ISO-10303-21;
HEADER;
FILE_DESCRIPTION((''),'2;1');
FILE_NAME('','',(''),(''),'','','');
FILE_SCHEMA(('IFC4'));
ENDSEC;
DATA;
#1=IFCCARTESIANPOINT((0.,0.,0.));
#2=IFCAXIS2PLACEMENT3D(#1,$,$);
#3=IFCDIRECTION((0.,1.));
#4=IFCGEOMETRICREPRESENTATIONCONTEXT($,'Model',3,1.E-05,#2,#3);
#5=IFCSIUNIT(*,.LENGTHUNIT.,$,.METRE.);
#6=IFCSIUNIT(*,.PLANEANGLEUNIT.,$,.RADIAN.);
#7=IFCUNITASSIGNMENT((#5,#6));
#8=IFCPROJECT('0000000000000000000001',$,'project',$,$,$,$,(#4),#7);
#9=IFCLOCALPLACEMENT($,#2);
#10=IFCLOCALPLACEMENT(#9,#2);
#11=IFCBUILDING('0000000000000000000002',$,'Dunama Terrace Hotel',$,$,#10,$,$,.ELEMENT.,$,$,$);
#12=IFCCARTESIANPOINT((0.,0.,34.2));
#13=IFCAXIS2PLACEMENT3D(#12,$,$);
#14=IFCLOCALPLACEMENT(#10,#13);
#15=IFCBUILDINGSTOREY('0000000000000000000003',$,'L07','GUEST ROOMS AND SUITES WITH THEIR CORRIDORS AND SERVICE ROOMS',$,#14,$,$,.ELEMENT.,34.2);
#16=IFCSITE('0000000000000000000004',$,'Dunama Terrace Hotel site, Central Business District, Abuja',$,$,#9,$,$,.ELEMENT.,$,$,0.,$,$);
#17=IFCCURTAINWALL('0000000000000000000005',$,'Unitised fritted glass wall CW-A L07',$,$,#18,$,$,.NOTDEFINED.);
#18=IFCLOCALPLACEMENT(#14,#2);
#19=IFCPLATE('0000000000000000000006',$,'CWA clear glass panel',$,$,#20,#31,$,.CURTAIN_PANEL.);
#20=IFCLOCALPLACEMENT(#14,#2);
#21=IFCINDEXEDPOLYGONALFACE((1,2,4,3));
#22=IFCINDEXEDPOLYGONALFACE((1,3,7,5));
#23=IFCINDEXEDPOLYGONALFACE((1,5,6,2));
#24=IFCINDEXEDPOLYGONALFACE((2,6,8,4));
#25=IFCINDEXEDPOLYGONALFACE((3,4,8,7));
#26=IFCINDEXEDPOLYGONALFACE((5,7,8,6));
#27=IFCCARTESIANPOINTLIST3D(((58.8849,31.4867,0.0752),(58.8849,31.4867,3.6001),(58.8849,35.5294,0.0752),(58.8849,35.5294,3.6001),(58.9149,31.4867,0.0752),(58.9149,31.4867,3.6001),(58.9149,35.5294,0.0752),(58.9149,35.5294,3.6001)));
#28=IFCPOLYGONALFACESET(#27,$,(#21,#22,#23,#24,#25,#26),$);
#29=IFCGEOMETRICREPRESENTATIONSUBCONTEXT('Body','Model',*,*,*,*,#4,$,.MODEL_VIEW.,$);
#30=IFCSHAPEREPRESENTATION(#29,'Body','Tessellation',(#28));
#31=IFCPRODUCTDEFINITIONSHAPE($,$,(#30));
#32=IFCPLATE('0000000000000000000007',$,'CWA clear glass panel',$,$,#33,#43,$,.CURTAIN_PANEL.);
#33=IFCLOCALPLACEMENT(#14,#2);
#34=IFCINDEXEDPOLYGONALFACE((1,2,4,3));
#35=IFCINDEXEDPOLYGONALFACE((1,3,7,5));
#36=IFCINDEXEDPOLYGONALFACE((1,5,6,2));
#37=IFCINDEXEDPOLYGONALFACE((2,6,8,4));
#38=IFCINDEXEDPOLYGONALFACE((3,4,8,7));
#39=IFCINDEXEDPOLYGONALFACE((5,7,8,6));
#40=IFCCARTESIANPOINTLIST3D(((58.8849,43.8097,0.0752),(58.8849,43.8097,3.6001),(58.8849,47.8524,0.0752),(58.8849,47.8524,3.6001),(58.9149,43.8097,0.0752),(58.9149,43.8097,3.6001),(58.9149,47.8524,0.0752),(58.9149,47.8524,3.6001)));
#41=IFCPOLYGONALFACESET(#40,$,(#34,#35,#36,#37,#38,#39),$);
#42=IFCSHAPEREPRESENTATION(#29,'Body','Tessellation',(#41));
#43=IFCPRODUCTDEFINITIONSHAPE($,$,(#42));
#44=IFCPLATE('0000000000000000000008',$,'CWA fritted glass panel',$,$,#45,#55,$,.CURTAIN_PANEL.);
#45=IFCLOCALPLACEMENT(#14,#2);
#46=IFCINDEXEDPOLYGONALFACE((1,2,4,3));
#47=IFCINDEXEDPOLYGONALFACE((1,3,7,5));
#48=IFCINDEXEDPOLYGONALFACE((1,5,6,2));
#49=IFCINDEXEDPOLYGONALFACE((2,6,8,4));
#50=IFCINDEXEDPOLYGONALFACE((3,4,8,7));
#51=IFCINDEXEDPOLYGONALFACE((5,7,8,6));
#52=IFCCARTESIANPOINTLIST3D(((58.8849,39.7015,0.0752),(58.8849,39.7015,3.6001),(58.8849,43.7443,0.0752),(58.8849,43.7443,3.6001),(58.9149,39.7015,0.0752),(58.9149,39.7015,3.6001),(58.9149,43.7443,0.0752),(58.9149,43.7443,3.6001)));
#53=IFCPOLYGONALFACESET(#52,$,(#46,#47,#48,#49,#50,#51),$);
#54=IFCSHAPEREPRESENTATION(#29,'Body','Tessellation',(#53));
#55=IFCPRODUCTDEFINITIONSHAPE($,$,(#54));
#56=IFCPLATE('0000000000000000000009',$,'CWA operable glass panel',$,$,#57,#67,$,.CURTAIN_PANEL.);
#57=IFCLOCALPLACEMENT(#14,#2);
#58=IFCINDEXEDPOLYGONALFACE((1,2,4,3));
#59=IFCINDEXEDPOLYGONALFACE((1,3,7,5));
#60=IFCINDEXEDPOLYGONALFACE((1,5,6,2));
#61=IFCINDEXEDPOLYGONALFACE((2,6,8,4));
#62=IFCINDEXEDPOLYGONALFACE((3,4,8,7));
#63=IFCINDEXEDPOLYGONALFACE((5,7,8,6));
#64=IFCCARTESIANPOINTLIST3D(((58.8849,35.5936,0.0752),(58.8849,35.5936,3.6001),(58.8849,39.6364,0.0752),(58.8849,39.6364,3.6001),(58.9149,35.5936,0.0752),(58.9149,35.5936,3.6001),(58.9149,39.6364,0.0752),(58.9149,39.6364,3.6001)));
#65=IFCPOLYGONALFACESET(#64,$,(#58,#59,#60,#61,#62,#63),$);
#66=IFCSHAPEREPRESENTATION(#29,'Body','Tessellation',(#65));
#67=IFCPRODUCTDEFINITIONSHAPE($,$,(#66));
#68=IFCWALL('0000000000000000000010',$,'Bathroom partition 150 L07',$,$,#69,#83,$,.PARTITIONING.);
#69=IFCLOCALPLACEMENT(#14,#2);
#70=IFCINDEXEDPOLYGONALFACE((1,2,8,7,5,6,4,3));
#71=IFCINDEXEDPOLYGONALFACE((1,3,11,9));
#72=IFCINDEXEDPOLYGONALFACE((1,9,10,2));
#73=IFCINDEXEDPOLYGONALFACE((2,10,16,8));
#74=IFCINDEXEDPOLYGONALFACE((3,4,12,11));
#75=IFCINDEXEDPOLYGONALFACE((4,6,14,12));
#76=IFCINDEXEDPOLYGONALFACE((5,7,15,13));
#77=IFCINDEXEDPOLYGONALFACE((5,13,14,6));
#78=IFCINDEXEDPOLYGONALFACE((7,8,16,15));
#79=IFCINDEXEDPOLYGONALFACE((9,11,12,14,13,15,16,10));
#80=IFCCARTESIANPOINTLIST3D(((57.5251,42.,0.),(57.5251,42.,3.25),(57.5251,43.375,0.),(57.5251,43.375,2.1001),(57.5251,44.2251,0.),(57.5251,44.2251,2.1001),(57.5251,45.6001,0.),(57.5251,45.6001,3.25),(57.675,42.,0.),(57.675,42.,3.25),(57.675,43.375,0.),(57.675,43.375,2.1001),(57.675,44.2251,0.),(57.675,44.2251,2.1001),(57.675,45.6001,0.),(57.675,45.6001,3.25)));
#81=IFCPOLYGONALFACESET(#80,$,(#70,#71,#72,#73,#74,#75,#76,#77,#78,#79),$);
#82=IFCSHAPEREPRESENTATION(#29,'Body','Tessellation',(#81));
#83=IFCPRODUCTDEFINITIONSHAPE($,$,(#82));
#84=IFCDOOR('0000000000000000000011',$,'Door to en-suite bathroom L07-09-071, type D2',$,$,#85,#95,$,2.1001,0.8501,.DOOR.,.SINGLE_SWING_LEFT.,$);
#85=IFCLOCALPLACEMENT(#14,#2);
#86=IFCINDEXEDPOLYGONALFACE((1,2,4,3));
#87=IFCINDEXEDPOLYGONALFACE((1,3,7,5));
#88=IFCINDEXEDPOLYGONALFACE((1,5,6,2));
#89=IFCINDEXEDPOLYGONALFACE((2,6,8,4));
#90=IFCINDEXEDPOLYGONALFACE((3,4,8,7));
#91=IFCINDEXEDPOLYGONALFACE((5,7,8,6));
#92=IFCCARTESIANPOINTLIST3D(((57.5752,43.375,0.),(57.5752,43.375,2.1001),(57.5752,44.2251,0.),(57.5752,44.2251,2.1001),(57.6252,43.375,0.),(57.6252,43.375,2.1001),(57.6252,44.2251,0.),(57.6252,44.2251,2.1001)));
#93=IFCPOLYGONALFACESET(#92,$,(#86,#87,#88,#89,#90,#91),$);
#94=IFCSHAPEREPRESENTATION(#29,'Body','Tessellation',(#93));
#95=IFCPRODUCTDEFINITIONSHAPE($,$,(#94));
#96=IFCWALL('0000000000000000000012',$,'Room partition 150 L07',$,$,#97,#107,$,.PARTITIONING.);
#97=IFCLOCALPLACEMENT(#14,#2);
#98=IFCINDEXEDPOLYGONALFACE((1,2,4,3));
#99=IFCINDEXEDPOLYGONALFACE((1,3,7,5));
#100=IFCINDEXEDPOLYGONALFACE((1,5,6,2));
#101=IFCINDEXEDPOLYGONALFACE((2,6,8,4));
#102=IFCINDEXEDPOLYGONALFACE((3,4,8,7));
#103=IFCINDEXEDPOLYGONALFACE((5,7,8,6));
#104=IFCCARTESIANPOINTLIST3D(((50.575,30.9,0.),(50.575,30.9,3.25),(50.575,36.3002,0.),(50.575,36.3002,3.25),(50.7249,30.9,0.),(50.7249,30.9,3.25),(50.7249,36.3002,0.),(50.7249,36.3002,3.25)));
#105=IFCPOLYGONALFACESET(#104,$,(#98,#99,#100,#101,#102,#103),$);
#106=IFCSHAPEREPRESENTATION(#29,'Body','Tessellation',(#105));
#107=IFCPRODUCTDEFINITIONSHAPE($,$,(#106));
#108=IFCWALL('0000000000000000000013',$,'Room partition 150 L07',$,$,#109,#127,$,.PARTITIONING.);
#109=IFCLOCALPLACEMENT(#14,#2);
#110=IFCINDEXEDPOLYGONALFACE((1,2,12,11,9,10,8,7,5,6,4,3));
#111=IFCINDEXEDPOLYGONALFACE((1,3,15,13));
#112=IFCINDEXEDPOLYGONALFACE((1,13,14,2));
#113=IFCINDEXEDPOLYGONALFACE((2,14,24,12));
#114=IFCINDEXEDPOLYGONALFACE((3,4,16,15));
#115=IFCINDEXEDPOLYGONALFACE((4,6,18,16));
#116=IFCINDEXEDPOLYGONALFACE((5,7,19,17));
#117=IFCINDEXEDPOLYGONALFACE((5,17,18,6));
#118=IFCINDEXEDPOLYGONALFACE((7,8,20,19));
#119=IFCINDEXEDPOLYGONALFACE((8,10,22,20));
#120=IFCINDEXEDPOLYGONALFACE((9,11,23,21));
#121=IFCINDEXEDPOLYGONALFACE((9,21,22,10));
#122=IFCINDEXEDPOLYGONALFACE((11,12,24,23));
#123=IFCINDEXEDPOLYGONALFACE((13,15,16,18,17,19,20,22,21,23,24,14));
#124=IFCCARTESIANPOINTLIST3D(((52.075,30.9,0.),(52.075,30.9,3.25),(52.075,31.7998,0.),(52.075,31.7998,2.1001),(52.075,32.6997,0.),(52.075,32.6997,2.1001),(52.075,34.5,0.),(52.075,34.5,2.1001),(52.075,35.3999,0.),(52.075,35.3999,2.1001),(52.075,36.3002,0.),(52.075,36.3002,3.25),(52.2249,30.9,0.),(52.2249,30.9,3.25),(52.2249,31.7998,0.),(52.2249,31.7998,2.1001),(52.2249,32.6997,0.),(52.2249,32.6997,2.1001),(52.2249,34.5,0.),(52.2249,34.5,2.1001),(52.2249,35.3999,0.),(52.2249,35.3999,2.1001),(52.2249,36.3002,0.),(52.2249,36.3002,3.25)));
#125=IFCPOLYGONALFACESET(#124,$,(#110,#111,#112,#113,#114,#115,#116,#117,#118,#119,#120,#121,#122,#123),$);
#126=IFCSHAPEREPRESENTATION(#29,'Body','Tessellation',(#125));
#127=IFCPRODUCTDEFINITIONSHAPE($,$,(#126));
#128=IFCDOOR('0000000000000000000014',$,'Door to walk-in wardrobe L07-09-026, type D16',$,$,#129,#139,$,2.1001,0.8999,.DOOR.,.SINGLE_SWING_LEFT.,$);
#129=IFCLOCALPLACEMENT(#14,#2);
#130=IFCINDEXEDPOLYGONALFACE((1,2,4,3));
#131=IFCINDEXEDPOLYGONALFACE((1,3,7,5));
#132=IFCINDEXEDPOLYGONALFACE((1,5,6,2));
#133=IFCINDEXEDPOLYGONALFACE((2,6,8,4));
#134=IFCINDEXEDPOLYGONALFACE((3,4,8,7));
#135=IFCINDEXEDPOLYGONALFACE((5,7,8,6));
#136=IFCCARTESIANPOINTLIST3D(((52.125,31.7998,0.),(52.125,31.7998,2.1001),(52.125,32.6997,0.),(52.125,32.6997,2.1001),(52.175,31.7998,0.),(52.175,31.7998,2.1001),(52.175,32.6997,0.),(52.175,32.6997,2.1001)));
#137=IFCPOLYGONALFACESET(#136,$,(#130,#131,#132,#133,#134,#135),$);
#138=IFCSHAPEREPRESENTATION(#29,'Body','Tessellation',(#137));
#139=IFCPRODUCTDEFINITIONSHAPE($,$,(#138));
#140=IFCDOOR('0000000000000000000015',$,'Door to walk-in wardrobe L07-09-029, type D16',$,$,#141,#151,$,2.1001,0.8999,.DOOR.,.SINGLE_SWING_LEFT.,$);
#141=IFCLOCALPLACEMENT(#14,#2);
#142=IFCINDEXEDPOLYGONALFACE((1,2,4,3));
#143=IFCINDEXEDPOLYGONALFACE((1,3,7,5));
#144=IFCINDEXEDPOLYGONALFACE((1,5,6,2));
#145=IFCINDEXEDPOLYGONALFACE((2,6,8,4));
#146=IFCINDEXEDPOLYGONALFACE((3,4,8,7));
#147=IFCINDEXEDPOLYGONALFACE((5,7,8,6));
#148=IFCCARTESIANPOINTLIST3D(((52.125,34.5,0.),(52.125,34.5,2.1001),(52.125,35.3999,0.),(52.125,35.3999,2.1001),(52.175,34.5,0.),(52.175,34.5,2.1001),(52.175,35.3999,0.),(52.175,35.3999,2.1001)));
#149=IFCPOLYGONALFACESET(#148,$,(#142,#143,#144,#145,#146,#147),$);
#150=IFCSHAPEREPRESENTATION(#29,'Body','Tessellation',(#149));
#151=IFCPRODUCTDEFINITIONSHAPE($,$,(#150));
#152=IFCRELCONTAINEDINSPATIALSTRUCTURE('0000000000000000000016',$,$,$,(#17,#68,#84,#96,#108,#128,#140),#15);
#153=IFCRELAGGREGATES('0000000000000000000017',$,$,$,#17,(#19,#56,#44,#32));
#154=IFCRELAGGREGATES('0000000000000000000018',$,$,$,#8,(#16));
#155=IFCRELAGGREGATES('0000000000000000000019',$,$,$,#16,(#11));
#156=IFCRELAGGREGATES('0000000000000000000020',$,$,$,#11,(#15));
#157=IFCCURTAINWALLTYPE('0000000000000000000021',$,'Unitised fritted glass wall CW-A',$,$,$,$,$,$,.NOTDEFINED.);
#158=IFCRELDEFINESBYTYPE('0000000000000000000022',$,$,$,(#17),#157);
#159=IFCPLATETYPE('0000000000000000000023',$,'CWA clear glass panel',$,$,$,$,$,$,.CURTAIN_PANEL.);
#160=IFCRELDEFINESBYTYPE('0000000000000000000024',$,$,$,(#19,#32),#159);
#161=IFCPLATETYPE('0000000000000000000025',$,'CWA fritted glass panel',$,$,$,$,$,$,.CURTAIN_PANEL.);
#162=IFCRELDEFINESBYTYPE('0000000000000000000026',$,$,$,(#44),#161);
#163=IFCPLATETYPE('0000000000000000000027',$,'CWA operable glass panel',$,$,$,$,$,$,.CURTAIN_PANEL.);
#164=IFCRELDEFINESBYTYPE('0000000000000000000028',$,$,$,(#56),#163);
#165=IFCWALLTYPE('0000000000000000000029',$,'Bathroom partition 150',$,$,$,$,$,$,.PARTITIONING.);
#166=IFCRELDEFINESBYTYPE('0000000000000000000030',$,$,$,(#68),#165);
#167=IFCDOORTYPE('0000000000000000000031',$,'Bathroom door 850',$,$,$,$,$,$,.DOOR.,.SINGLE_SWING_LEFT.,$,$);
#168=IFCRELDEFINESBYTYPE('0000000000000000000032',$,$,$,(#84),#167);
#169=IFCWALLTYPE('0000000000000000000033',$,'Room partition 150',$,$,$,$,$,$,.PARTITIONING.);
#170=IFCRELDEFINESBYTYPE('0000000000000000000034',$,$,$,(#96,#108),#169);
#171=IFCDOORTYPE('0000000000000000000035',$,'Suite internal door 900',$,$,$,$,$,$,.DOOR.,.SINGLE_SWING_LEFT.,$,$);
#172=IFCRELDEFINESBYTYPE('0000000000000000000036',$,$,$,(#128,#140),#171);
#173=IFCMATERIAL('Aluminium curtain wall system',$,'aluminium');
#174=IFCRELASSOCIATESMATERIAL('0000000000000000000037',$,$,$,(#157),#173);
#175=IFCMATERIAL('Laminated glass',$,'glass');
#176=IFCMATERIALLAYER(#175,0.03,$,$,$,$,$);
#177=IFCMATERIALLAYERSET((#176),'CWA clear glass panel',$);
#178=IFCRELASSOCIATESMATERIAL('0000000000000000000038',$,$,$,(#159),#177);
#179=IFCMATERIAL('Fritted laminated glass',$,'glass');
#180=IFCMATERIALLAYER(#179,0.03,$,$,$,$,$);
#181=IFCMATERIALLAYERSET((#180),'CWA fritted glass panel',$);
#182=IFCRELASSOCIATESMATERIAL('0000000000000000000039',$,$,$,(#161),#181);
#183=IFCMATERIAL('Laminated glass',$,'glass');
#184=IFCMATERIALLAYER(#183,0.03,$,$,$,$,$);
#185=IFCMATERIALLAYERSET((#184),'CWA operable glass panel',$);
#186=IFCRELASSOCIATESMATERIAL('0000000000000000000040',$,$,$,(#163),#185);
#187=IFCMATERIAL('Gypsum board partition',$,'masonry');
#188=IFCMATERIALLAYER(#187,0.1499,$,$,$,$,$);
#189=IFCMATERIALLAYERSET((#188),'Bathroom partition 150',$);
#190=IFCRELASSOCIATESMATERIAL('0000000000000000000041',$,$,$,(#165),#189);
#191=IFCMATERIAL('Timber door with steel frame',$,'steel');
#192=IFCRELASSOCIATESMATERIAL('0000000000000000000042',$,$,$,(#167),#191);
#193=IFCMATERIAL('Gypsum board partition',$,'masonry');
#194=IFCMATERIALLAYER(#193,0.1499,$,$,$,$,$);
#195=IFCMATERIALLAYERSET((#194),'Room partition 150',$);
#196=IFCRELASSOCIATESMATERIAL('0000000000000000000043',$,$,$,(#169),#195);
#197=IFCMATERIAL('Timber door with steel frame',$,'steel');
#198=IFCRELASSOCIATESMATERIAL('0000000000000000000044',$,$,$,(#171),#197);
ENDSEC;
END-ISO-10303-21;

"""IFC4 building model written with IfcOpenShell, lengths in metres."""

from ifc_helpers import new_model, si_unit, direction, frame, frame_2d, origin, origin_2d, place, context, subcontext, project, spatial, rectangle, extrude, material, layer, layer_set, type_object, element, fill, aggregate, save


model = new_model("IFC4")

# Units and contexts
model_context = context("Model", 3, precision=1e-05, world=origin(), true_north=direction((0.0, 1.0)))
body_context = subcontext(model_context, "Body", "Model", "MODEL_VIEW")
ifc_project = project(units=[si_unit("LENGTHUNIT", "METRE"), si_unit("PLANEANGLEUNIT", "RADIAN")], contexts=[model_context])

# Site, building, storey
site_placement = place(None, origin())
site = spatial("IfcSite", under=ifc_project, at=site_placement, Name="Dunama Terrace Hotel site, Central Business District, Abuja", CompositionType="ELEMENT", RefElevation=0.0)
building_placement = place(site_placement, origin())
building = spatial("IfcBuilding", under=site, at=building_placement, Name="Dunama Terrace Hotel", CompositionType="ELEMENT")
storey_placement = place(building_placement, frame((0.0, 0.0, 34.2)))
storey = spatial("IfcBuildingStorey", under=building, at=storey_placement, Name="L07", Description="GUEST ROOMS AND SUITES WITH THEIR CORRIDORS AND SERVICE ROOMS", CompositionType="ELEMENT", Elevation=34.2)

# Curtain wall
ifc_material_1 = material(Name="Aluminium curtain wall system", Category="aluminium")
curtain_wall_type = type_object("IfcCurtainWallType", Name="Unitised fritted glass wall CW-A", PredefinedType="NOTDEFINED", material=ifc_material_1)
curtain_wall_placement = place(storey_placement, origin())
curtain_wall = element("IfcCurtainWall", 1, at=curtain_wall_placement, inside=storey, type_object=curtain_wall_type, Name="Unitised fritted glass wall CW-A L07", PredefinedType="NOTDEFINED")

# Plates
ifc_material_2 = material(Name="Laminated glass", Category="glass")
ifc_layer_1 = layer(ifc_material_2, 0.03)
ifc_layer_set_1 = layer_set([ifc_layer_1], Name="CWA clear glass panel")
plate_type_1 = type_object("IfcPlateType", Name="CWA clear glass panel", PredefinedType="CURTAIN_PANEL", material=ifc_layer_set_1)
plate_1_placement = place(storey_placement, frame((58.8999, 33.5081, 0.0752), z_axis=(0.0, 0.0, 1.0), x_axis=(0.0, 1.0, 0.0)))
plate_1 = element("IfcPlate", 2, at=plate_1_placement, type_object=plate_type_1, Name="CWA clear glass panel", PredefinedType="CURTAIN_PANEL", context=body_context, shape_type="SweptSolid", body=[
    extrude(rectangle(XDim=4.0427, YDim=0.03, at=origin_2d()), origin(), (0.0, 0.0, 1.0), 3.5249),
])
plate_2_placement = place(storey_placement, frame((58.8999, 45.8311, 0.0752), z_axis=(0.0, 0.0, 1.0), x_axis=(0.0, 1.0, 0.0)))
plate_2 = element("IfcPlate", 3, at=plate_2_placement, type_object=plate_type_1, Name="CWA clear glass panel", PredefinedType="CURTAIN_PANEL", context=body_context, shape_type="SweptSolid", body=[
    extrude(rectangle(XDim=4.0427, YDim=0.03, at=origin_2d()), origin(), (0.0, 0.0, 1.0), 3.5249),
])
ifc_material_3 = material(Name="Fritted laminated glass", Category="glass")
ifc_layer_2 = layer(ifc_material_3, 0.03)
ifc_layer_set_2 = layer_set([ifc_layer_2], Name="CWA fritted glass panel")
plate_type_2 = type_object("IfcPlateType", Name="CWA fritted glass panel", PredefinedType="CURTAIN_PANEL", material=ifc_layer_set_2)
plate_3_placement = place(storey_placement, frame((58.8999, 41.7229, 0.0752), z_axis=(0.0, 0.0, 1.0), x_axis=(0.0, 1.0, 0.0)))
plate_3 = element("IfcPlate", 4, at=plate_3_placement, type_object=plate_type_2, Name="CWA fritted glass panel", PredefinedType="CURTAIN_PANEL", context=body_context, shape_type="SweptSolid", body=[
    extrude(rectangle(XDim=4.0427, YDim=0.03, at=origin_2d()), origin(), (0.0, 0.0, 1.0), 3.5249),
])
ifc_material_4 = material(Name="Laminated glass", Category="glass")
ifc_layer_3 = layer(ifc_material_4, 0.03)
ifc_layer_set_3 = layer_set([ifc_layer_3], Name="CWA operable glass panel")
plate_type_3 = type_object("IfcPlateType", Name="CWA operable glass panel", PredefinedType="CURTAIN_PANEL", material=ifc_layer_set_3)
plate_4_placement = place(storey_placement, frame((58.8999, 37.615, 0.0752), z_axis=(0.0, 0.0, 1.0), x_axis=(0.0, 1.0, 0.0)))
plate_4 = element("IfcPlate", 5, at=plate_4_placement, type_object=plate_type_3, Name="CWA operable glass panel", PredefinedType="CURTAIN_PANEL", context=body_context, shape_type="SweptSolid", body=[
    extrude(rectangle(XDim=4.0427, YDim=0.03, at=origin_2d()), origin(), (0.0, 0.0, 1.0), 3.5249),
])
aggregate(curtain_wall, [plate_1, plate_4, plate_3, plate_2])

# Wall, opening, door
ifc_material_5 = material(Name="Gypsum board partition", Category="masonry")
ifc_layer_4 = layer(ifc_material_5, 0.1499)
ifc_layer_set_4 = layer_set([ifc_layer_4], Name="Bathroom partition 150")
wall_type_1 = type_object("IfcWallType", Name="Bathroom partition 150", PredefinedType="PARTITIONING", material=ifc_layer_set_4)
wall_1_placement = place(storey_placement, frame((57.6001, 42.0, 0.0), z_axis=(0.0, 0.0, 1.0), x_axis=(0.0, 1.0, 0.0)))
wall_1 = element("IfcWall", 6, at=wall_1_placement, inside=storey, type_object=wall_type_1, Name="Bathroom partition 150 L07", PredefinedType="PARTITIONING", context=body_context, shape_type="SweptSolid", body=[
    extrude(rectangle(XDim=3.6001, YDim=0.1499, at=frame_2d((1.8, 0.0))), origin(), (0.0, 0.0, 1.0), 3.25),
])
opening_1_placement = place(wall_1_placement, frame((1.375, 0.0, 0.0)))
opening_1 = element("IfcOpeningElement", 7, at=opening_1_placement, cuts=wall_1, PredefinedType="OPENING", context=body_context, shape_type="SweptSolid", body=[
    extrude(rectangle(XDim=0.8501, YDim=2.1001, at=frame_2d((0.425, 1.05))), frame((0.0, 0.085, 0.0), z_axis=(0.0, -1.0, 0.0), x_axis=(1.0, 0.0, 0.0)), (0.0, 0.0, 1.0), 0.1699),
])
ifc_material_6 = material(Name="Timber door with steel frame", Category="steel")
door_type_1 = type_object("IfcDoorType", Name="Bathroom door 850", OperationType="SINGLE_SWING_LEFT", PredefinedType="DOOR", material=ifc_material_6)
door_1_placement = place(opening_1_placement, origin())
door_1 = element("IfcDoor", 8, at=door_1_placement, inside=storey, type_object=door_type_1, Name="Door to en-suite bathroom L07-09-071, type D2", OperationType="SINGLE_SWING_LEFT", OverallHeight=2.1001, OverallWidth=0.8501, PredefinedType="DOOR", context=body_context, shape_type="SweptSolid", body=[
    extrude(rectangle(XDim=0.8501, YDim=2.1001, at=frame_2d((0.425, 1.05))), frame((0.0, 0.0249, 0.0), z_axis=(0.0, -1.0, 0.0), x_axis=(1.0, 0.0, 0.0)), (0.0, 0.0, 1.0), 0.05),
])
fill(opening_1, door_1)

# Wall
ifc_material_7 = material(Name="Gypsum board partition", Category="masonry")
ifc_layer_5 = layer(ifc_material_7, 0.1499)
ifc_layer_set_5 = layer_set([ifc_layer_5], Name="Room partition 150")
wall_type_2 = type_object("IfcWallType", Name="Room partition 150", PredefinedType="PARTITIONING", material=ifc_layer_set_5)
wall_2_placement = place(storey_placement, frame((50.6499, 30.8999, 0.0), z_axis=(0.0, 0.0, 1.0), x_axis=(0.0, 1.0, 0.0)))
element("IfcWall", 9, at=wall_2_placement, inside=storey, type_object=wall_type_2, Name="Room partition 150 L07", PredefinedType="PARTITIONING", context=body_context, shape_type="SweptSolid", body=[
    extrude(rectangle(XDim=5.4001, YDim=0.1499, at=frame_2d((2.7002, 0.0))), origin(), (0.0, 0.0, 1.0), 3.25),
])

# Wall, openings, doors
wall_3_placement = place(storey_placement, frame((52.1499, 30.8999, 0.0), z_axis=(0.0, 0.0, 1.0), x_axis=(0.0, 1.0, 0.0)))
wall_3 = element("IfcWall", 10, at=wall_3_placement, inside=storey, type_object=wall_type_2, Name="Room partition 150 L07", PredefinedType="PARTITIONING", context=body_context, shape_type="SweptSolid", body=[
    extrude(rectangle(XDim=5.4001, YDim=0.1499, at=frame_2d((2.7002, 0.0))), origin(), (0.0, 0.0, 1.0), 3.25),
])
opening_2_placement = place(wall_3_placement, frame((0.8999, 0.0, 0.0)))
opening_2 = element("IfcOpeningElement", 11, at=opening_2_placement, cuts=wall_3, PredefinedType="OPENING", context=body_context, shape_type="SweptSolid", body=[
    extrude(rectangle(XDim=0.8999, YDim=2.1001, at=frame_2d((0.45, 1.05))), frame((0.0, 0.085, 0.0), z_axis=(0.0, -1.0, 0.0), x_axis=(1.0, 0.0, 0.0)), (0.0, 0.0, 1.0), 0.1699),
])
opening_3_placement = place(wall_3_placement, frame((3.6001, 0.0, 0.0)))
opening_3 = element("IfcOpeningElement", 12, at=opening_3_placement, cuts=wall_3, PredefinedType="OPENING", context=body_context, shape_type="SweptSolid", body=[
    extrude(rectangle(XDim=0.8999, YDim=2.1001, at=frame_2d((0.45, 1.05))), frame((0.0, 0.085, 0.0), z_axis=(0.0, -1.0, 0.0), x_axis=(1.0, 0.0, 0.0)), (0.0, 0.0, 1.0), 0.1699),
])
ifc_material_8 = material(Name="Timber door with steel frame", Category="steel")
door_type_2 = type_object("IfcDoorType", Name="Suite internal door 900", OperationType="SINGLE_SWING_LEFT", PredefinedType="DOOR", material=ifc_material_8)
door_2_placement = place(opening_2_placement, origin())
door_2 = element("IfcDoor", 13, at=door_2_placement, inside=storey, type_object=door_type_2, Name="Door to walk-in wardrobe L07-09-026, type D16", OperationType="SINGLE_SWING_LEFT", OverallHeight=2.1001, OverallWidth=0.8999, PredefinedType="DOOR", context=body_context, shape_type="SweptSolid", body=[
    extrude(rectangle(XDim=0.8999, YDim=2.1001, at=frame_2d((0.45, 1.05))), frame((0.0, 0.0249, 0.0), z_axis=(0.0, -1.0, 0.0), x_axis=(1.0, 0.0, 0.0)), (0.0, 0.0, 1.0), 0.05),
])
fill(opening_2, door_2)
door_3_placement = place(opening_3_placement, origin())
door_3 = element("IfcDoor", 14, at=door_3_placement, inside=storey, type_object=door_type_2, Name="Door to walk-in wardrobe L07-09-029, type D16", OperationType="SINGLE_SWING_LEFT", OverallHeight=2.1001, OverallWidth=0.8999, PredefinedType="DOOR", context=body_context, shape_type="SweptSolid", body=[
    extrude(rectangle(XDim=0.8999, YDim=2.1001, at=frame_2d((0.45, 1.05))), frame((0.0, 0.0249, 0.0), z_axis=(0.0, -1.0, 0.0), x_axis=(1.0, 0.0, 0.0)), (0.0, 0.0, 1.0), 0.05),
])
fill(opening_3, door_3)

save(model, "model.ifc")
